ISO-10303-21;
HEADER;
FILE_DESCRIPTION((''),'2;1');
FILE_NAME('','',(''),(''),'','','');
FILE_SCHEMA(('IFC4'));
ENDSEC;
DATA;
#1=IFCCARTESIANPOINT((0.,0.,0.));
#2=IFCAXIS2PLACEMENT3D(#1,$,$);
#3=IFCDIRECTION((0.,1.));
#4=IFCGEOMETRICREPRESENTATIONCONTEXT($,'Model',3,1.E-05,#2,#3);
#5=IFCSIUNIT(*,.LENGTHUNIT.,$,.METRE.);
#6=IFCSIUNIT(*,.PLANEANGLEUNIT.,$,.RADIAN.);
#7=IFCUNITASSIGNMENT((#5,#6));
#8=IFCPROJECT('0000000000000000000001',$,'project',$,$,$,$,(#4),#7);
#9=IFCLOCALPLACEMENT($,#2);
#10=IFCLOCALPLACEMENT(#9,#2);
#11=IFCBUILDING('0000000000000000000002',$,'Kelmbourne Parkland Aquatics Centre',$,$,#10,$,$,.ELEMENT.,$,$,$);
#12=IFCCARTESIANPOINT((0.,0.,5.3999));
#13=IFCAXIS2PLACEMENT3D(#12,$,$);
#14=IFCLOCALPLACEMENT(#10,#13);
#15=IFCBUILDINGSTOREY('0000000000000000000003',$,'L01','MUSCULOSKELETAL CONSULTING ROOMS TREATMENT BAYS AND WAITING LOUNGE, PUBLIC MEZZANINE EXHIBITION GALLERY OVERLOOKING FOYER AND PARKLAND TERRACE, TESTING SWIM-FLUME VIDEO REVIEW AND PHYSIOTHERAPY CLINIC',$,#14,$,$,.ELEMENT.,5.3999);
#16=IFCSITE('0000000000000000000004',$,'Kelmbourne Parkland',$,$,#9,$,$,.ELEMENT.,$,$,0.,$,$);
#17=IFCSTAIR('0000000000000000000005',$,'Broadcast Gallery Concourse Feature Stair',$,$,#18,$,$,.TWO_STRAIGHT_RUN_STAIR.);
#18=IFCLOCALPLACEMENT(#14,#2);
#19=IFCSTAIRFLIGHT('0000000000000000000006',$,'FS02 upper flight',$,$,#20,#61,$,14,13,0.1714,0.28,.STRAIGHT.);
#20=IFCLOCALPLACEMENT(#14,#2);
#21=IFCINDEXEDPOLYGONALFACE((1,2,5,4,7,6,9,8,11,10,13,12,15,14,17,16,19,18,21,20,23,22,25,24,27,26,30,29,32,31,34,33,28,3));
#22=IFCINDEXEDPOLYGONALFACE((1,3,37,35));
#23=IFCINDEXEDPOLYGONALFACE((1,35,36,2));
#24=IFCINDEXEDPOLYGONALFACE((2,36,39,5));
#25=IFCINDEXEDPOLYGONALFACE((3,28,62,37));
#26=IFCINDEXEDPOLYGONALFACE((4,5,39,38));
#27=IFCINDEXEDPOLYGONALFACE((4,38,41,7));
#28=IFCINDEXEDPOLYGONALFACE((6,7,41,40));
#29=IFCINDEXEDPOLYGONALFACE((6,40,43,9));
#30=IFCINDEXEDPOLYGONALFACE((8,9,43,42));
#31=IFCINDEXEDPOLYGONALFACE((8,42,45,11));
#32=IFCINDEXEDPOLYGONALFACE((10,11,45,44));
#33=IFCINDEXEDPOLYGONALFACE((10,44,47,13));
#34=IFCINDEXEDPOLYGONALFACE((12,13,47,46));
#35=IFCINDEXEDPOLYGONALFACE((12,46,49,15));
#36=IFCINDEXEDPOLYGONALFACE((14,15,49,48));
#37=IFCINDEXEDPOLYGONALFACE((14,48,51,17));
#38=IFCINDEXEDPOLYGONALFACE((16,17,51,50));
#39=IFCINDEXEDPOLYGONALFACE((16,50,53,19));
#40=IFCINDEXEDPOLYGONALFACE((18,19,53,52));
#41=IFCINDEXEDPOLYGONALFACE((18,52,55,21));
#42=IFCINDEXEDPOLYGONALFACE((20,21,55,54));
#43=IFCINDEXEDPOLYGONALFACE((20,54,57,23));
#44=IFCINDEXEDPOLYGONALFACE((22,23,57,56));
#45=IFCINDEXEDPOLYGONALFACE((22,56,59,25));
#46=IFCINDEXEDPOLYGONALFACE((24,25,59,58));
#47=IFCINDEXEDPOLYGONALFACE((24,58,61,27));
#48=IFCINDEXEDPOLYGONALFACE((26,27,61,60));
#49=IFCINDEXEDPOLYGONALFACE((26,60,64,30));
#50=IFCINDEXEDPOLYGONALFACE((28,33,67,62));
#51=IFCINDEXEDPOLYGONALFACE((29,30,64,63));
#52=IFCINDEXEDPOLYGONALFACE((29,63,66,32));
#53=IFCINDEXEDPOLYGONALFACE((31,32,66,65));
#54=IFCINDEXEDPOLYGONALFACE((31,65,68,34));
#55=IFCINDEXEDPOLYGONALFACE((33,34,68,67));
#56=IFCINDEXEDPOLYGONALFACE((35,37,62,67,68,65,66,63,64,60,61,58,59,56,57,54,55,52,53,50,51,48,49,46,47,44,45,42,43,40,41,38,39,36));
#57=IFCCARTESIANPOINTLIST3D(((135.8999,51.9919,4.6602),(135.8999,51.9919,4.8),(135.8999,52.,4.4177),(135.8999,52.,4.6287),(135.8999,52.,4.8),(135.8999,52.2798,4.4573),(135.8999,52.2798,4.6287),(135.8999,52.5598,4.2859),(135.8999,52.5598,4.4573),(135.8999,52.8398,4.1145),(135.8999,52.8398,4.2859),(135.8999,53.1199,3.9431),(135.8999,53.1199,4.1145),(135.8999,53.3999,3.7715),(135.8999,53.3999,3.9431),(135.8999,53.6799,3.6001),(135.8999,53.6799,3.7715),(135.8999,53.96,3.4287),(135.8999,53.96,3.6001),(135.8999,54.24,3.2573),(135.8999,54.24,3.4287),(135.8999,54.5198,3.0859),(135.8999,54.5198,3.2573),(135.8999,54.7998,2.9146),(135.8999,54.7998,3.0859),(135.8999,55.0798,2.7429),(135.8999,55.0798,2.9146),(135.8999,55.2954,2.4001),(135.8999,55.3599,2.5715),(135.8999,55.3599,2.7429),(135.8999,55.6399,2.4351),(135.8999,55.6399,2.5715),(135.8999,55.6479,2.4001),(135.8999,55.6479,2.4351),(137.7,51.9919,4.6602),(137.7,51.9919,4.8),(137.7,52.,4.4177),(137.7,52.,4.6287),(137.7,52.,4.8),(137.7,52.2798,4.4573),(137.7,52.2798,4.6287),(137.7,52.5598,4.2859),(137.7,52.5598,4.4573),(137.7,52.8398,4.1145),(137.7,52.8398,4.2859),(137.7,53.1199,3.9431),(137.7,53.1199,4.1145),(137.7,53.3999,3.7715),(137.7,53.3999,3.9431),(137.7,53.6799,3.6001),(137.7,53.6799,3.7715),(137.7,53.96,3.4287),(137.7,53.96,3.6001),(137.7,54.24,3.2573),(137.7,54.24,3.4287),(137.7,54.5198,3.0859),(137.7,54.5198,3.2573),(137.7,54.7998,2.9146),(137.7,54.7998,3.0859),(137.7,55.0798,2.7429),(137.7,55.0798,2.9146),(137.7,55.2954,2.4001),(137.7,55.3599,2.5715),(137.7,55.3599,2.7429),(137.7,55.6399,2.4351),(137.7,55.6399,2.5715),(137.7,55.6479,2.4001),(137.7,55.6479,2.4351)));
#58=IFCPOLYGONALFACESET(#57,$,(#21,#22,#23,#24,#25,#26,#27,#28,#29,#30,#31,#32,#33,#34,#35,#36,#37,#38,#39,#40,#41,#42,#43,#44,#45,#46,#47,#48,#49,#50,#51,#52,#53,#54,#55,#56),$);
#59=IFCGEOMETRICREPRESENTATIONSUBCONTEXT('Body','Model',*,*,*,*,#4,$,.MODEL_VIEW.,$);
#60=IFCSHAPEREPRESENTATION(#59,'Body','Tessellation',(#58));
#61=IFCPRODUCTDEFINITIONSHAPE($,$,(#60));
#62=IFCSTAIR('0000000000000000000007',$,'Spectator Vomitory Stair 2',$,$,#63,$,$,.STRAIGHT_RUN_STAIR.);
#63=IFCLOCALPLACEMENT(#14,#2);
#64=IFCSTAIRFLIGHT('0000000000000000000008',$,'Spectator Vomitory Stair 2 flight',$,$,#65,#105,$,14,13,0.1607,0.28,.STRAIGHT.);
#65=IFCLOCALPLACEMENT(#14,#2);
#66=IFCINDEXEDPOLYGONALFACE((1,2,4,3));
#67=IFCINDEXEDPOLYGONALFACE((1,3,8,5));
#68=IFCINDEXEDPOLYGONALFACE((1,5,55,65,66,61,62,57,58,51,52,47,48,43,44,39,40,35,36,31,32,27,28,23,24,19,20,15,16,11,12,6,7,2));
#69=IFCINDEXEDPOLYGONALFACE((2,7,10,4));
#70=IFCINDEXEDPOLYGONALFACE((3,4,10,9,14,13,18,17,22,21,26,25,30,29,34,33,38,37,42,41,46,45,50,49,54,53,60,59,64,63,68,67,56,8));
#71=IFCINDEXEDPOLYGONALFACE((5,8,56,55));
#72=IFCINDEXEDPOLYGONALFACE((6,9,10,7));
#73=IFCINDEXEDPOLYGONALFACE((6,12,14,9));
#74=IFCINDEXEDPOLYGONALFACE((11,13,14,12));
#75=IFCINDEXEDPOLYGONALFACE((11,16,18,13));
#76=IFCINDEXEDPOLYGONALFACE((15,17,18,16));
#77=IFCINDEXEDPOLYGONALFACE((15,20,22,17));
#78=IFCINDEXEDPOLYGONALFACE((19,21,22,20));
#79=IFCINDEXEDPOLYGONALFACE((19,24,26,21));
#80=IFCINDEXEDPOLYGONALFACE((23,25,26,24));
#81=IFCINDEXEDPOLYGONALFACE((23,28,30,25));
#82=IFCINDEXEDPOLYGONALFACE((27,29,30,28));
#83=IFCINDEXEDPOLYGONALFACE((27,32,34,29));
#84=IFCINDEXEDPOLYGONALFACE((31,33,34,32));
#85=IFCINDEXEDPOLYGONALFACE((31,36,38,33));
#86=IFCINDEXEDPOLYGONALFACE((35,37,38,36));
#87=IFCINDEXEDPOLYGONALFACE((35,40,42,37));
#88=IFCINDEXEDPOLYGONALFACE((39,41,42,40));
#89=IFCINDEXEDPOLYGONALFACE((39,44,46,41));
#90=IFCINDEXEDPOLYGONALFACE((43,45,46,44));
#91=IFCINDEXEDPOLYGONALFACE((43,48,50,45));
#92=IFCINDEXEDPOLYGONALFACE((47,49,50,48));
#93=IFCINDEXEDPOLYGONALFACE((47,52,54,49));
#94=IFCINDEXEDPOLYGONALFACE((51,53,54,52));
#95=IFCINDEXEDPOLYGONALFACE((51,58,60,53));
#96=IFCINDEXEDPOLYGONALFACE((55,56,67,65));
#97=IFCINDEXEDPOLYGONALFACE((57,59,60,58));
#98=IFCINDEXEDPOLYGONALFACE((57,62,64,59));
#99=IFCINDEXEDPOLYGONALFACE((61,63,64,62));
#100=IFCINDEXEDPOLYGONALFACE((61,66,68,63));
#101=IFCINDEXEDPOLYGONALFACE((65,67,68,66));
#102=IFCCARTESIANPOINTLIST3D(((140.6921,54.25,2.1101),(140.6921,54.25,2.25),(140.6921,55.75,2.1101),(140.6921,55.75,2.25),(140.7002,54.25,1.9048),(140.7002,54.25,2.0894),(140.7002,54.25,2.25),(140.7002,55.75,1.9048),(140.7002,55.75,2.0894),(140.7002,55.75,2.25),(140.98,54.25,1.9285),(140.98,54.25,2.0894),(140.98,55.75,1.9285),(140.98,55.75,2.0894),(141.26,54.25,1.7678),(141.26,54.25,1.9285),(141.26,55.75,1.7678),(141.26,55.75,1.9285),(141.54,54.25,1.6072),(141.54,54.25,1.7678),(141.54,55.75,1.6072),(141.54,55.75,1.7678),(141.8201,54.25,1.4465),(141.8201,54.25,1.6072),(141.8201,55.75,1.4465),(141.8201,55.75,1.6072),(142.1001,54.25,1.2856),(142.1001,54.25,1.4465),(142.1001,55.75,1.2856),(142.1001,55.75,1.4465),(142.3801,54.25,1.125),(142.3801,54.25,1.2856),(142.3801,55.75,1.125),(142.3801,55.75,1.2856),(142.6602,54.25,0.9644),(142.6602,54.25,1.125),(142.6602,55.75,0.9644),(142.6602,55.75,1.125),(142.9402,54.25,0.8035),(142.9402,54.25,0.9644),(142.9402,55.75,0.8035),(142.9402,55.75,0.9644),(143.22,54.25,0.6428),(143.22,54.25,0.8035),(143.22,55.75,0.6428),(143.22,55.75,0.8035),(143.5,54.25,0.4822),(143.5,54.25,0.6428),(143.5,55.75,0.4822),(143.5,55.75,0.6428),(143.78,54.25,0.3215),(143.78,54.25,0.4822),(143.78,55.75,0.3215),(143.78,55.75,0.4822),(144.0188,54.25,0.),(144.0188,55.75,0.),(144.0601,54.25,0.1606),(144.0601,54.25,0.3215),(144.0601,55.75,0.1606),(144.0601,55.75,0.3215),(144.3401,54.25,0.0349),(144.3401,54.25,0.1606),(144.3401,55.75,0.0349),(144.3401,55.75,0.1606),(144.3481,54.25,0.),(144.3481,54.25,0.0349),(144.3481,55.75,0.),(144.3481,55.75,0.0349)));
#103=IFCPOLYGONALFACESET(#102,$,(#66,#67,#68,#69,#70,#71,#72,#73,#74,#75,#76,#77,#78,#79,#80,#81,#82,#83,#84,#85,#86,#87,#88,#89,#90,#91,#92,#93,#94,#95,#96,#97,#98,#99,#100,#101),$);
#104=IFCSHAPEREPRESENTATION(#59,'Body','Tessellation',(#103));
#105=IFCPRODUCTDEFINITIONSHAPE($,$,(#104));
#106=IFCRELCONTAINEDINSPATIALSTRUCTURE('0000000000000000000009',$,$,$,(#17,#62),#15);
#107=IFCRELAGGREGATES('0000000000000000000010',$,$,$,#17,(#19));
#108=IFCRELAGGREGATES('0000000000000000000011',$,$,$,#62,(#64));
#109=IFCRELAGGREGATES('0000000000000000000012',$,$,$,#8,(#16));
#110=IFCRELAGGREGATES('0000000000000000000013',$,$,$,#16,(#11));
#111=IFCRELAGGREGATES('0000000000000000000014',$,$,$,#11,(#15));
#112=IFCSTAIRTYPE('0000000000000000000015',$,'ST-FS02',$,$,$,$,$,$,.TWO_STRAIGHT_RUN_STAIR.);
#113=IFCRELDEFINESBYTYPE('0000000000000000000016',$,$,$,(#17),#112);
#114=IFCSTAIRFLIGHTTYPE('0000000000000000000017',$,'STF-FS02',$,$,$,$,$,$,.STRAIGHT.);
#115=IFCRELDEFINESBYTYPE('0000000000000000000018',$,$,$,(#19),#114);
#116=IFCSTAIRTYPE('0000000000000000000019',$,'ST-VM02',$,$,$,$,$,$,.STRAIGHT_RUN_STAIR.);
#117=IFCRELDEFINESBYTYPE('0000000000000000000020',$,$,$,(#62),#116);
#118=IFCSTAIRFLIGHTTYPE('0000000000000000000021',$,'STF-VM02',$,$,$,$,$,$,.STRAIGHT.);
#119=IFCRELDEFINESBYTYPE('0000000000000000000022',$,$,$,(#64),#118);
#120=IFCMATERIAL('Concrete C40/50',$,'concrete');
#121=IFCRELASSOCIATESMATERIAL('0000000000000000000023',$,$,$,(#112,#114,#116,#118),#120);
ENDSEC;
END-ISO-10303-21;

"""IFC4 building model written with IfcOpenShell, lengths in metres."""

from ifc_helpers import new_model, si_unit, direction, frame, origin, place, context, subcontext, project, spatial, polyline, outline, extrude, material, type_object, element, aggregate, save


model = new_model("IFC4")

# Units and contexts
model_context = context("Model", 3, precision=1e-05, world=origin(), true_north=direction((0.0, 1.0)))
body_context = subcontext(model_context, "Body", "Model", "MODEL_VIEW")
ifc_project = project(units=[si_unit("LENGTHUNIT", "METRE"), si_unit("PLANEANGLEUNIT", "RADIAN")], contexts=[model_context])

# Site, building, storey
site_placement = place(None, origin())
site = spatial("IfcSite", under=ifc_project, at=site_placement, Name="Kelmbourne Parkland", CompositionType="ELEMENT", RefElevation=0.0)
building_placement = place(site_placement, origin())
building = spatial("IfcBuilding", under=site, at=building_placement, Name="Kelmbourne Parkland Aquatics Centre", CompositionType="ELEMENT")
storey_placement = place(building_placement, frame((0.0, 0.0, 5.3999)))
storey = spatial("IfcBuildingStorey", under=building, at=storey_placement, Name="L01", Description="MUSCULOSKELETAL CONSULTING ROOMS TREATMENT BAYS AND WAITING LOUNGE, PUBLIC MEZZANINE EXHIBITION GALLERY OVERLOOKING FOYER AND PARKLAND TERRACE, TESTING SWIM-FLUME VIDEO REVIEW AND PHYSIOTHERAPY CLINIC", CompositionType="ELEMENT", Elevation=5.3999)

# Shared definitions
ifc_material_1 = material(Name="Concrete C40/50", Category="concrete")

# Stairs, stair flights
stair_type_1 = type_object("IfcStairType", Name="ST-FS02", PredefinedType="TWO_STRAIGHT_RUN_STAIR", material=ifc_material_1)
stair_1_placement = place(storey_placement, origin())
stair_1 = element("IfcStair", 1, at=stair_1_placement, inside=storey, type_object=stair_type_1, Name="Broadcast Gallery Concourse Feature Stair", PredefinedType="TWO_STRAIGHT_RUN_STAIR")
stair_flight_type_1 = type_object("IfcStairFlightType", Name="STF-FS02", PredefinedType="STRAIGHT", material=ifc_material_1)
stair_flight_1_placement = place(storey_placement, frame((136.8, 55.6399, 2.4001), z_axis=(0.0, 0.0, 1.0), x_axis=(0.0, -1.0, 0.0)))
stair_flight_1 = element("IfcStairFlight", 2, at=stair_flight_1_placement, type_object=stair_flight_type_1, Name="FS02 upper flight", NumberOfRisers=14, NumberOfTreads=13, PredefinedType="STRAIGHT", RiserHeight=0.1714, TreadLength=0.28, context=body_context, shape_type="SweptSolid", body=[
    extrude(outline(polyline([(-0.0081, 0.0), (-0.0081, 0.0349), (0.0, 0.0349), (0.0, 0.1714), (0.28, 0.1714), (0.28, 0.3428), (0.5601, 0.3428), (0.5601, 0.5144), (0.8401, 0.5144), (0.8401, 0.6858), (1.1201, 0.6858), (1.1201, 0.8572), (1.3999, 0.8572), (1.3999, 1.0286), (1.6799, 1.0286), (1.6799, 1.2), (1.96, 1.2), (1.96, 1.3713), (2.24, 1.3713), (2.24, 1.543), (2.52, 1.543), (2.52, 1.7144), (2.8, 1.7144), (2.8, 1.8857), (3.0801, 1.8857), (3.0801, 2.0571), (3.3601, 2.0571), (3.3601, 2.2285), (3.6399, 2.2285), (3.6399, 2.3999), (3.6479, 2.3999), (3.6479, 2.26), (3.6399, 2.0176), (0.3445, 0.0), (-0.0081, 0.0)])), frame((0.0, 0.8999, 0.0), z_axis=(0.0, -1.0, 0.0), x_axis=(1.0, 0.0, 0.0)), (0.0, 0.0, 1.0), 1.8),
])
aggregate(stair_1, [stair_flight_1])
stair_type_2 = type_object("IfcStairType", Name="ST-VM02", PredefinedType="STRAIGHT_RUN_STAIR", material=ifc_material_1)
stair_2_placement = place(storey_placement, origin())
stair_2 = element("IfcStair", 3, at=stair_2_placement, inside=storey, type_object=stair_type_2, Name="Spectator Vomitory Stair 2", PredefinedType="STRAIGHT_RUN_STAIR")
stair_flight_type_2 = type_object("IfcStairFlightType", Name="STF-VM02", PredefinedType="STRAIGHT", material=ifc_material_1)
stair_flight_2_placement = place(storey_placement, frame((144.3401, 55.0, 0.0), z_axis=(0.0, 0.0, 1.0), x_axis=(-1.0, 0.0, 0.0)))
stair_flight_2 = element("IfcStairFlight", 4, at=stair_flight_2_placement, type_object=stair_flight_type_2, Name="Spectator Vomitory Stair 2 flight", NumberOfRisers=14, NumberOfTreads=13, PredefinedType="STRAIGHT", RiserHeight=0.1607, TreadLength=0.28, context=body_context, shape_type="SweptSolid", body=[
    extrude(outline(polyline([(-0.0081, 0.0), (-0.0081, 0.0349), (0.0, 0.0349), (0.0, 0.1606), (0.28, 0.1606), (0.28, 0.3215), (0.5601, 0.3215), (0.5601, 0.4822), (0.8401, 0.4822), (0.8401, 0.6428), (1.1201, 0.6428), (1.1201, 0.8035), (1.3999, 0.8035), (1.3999, 0.9644), (1.6799, 0.9644), (1.6799, 1.125), (1.96, 1.125), (1.96, 1.2856), (2.24, 1.2856), (2.24, 1.4465), (2.52, 1.4465), (2.52, 1.6072), (2.8, 1.6072), (2.8, 1.7678), (3.0801, 1.7678), (3.0801, 1.9285), (3.3601, 1.9285), (3.3601, 2.0894), (3.6399, 2.0894), (3.6399, 2.25), (3.6479, 2.25), (3.6479, 2.1101), (3.6399, 1.9048), (0.3213, 0.0), (-0.0081, 0.0)])), frame((0.0, 0.75, 0.0), z_axis=(0.0, -1.0, 0.0), x_axis=(1.0, 0.0, 0.0)), (0.0, 0.0, 1.0), 1.5),
])
aggregate(stair_2, [stair_flight_2])

save(model, "model.ifc")
